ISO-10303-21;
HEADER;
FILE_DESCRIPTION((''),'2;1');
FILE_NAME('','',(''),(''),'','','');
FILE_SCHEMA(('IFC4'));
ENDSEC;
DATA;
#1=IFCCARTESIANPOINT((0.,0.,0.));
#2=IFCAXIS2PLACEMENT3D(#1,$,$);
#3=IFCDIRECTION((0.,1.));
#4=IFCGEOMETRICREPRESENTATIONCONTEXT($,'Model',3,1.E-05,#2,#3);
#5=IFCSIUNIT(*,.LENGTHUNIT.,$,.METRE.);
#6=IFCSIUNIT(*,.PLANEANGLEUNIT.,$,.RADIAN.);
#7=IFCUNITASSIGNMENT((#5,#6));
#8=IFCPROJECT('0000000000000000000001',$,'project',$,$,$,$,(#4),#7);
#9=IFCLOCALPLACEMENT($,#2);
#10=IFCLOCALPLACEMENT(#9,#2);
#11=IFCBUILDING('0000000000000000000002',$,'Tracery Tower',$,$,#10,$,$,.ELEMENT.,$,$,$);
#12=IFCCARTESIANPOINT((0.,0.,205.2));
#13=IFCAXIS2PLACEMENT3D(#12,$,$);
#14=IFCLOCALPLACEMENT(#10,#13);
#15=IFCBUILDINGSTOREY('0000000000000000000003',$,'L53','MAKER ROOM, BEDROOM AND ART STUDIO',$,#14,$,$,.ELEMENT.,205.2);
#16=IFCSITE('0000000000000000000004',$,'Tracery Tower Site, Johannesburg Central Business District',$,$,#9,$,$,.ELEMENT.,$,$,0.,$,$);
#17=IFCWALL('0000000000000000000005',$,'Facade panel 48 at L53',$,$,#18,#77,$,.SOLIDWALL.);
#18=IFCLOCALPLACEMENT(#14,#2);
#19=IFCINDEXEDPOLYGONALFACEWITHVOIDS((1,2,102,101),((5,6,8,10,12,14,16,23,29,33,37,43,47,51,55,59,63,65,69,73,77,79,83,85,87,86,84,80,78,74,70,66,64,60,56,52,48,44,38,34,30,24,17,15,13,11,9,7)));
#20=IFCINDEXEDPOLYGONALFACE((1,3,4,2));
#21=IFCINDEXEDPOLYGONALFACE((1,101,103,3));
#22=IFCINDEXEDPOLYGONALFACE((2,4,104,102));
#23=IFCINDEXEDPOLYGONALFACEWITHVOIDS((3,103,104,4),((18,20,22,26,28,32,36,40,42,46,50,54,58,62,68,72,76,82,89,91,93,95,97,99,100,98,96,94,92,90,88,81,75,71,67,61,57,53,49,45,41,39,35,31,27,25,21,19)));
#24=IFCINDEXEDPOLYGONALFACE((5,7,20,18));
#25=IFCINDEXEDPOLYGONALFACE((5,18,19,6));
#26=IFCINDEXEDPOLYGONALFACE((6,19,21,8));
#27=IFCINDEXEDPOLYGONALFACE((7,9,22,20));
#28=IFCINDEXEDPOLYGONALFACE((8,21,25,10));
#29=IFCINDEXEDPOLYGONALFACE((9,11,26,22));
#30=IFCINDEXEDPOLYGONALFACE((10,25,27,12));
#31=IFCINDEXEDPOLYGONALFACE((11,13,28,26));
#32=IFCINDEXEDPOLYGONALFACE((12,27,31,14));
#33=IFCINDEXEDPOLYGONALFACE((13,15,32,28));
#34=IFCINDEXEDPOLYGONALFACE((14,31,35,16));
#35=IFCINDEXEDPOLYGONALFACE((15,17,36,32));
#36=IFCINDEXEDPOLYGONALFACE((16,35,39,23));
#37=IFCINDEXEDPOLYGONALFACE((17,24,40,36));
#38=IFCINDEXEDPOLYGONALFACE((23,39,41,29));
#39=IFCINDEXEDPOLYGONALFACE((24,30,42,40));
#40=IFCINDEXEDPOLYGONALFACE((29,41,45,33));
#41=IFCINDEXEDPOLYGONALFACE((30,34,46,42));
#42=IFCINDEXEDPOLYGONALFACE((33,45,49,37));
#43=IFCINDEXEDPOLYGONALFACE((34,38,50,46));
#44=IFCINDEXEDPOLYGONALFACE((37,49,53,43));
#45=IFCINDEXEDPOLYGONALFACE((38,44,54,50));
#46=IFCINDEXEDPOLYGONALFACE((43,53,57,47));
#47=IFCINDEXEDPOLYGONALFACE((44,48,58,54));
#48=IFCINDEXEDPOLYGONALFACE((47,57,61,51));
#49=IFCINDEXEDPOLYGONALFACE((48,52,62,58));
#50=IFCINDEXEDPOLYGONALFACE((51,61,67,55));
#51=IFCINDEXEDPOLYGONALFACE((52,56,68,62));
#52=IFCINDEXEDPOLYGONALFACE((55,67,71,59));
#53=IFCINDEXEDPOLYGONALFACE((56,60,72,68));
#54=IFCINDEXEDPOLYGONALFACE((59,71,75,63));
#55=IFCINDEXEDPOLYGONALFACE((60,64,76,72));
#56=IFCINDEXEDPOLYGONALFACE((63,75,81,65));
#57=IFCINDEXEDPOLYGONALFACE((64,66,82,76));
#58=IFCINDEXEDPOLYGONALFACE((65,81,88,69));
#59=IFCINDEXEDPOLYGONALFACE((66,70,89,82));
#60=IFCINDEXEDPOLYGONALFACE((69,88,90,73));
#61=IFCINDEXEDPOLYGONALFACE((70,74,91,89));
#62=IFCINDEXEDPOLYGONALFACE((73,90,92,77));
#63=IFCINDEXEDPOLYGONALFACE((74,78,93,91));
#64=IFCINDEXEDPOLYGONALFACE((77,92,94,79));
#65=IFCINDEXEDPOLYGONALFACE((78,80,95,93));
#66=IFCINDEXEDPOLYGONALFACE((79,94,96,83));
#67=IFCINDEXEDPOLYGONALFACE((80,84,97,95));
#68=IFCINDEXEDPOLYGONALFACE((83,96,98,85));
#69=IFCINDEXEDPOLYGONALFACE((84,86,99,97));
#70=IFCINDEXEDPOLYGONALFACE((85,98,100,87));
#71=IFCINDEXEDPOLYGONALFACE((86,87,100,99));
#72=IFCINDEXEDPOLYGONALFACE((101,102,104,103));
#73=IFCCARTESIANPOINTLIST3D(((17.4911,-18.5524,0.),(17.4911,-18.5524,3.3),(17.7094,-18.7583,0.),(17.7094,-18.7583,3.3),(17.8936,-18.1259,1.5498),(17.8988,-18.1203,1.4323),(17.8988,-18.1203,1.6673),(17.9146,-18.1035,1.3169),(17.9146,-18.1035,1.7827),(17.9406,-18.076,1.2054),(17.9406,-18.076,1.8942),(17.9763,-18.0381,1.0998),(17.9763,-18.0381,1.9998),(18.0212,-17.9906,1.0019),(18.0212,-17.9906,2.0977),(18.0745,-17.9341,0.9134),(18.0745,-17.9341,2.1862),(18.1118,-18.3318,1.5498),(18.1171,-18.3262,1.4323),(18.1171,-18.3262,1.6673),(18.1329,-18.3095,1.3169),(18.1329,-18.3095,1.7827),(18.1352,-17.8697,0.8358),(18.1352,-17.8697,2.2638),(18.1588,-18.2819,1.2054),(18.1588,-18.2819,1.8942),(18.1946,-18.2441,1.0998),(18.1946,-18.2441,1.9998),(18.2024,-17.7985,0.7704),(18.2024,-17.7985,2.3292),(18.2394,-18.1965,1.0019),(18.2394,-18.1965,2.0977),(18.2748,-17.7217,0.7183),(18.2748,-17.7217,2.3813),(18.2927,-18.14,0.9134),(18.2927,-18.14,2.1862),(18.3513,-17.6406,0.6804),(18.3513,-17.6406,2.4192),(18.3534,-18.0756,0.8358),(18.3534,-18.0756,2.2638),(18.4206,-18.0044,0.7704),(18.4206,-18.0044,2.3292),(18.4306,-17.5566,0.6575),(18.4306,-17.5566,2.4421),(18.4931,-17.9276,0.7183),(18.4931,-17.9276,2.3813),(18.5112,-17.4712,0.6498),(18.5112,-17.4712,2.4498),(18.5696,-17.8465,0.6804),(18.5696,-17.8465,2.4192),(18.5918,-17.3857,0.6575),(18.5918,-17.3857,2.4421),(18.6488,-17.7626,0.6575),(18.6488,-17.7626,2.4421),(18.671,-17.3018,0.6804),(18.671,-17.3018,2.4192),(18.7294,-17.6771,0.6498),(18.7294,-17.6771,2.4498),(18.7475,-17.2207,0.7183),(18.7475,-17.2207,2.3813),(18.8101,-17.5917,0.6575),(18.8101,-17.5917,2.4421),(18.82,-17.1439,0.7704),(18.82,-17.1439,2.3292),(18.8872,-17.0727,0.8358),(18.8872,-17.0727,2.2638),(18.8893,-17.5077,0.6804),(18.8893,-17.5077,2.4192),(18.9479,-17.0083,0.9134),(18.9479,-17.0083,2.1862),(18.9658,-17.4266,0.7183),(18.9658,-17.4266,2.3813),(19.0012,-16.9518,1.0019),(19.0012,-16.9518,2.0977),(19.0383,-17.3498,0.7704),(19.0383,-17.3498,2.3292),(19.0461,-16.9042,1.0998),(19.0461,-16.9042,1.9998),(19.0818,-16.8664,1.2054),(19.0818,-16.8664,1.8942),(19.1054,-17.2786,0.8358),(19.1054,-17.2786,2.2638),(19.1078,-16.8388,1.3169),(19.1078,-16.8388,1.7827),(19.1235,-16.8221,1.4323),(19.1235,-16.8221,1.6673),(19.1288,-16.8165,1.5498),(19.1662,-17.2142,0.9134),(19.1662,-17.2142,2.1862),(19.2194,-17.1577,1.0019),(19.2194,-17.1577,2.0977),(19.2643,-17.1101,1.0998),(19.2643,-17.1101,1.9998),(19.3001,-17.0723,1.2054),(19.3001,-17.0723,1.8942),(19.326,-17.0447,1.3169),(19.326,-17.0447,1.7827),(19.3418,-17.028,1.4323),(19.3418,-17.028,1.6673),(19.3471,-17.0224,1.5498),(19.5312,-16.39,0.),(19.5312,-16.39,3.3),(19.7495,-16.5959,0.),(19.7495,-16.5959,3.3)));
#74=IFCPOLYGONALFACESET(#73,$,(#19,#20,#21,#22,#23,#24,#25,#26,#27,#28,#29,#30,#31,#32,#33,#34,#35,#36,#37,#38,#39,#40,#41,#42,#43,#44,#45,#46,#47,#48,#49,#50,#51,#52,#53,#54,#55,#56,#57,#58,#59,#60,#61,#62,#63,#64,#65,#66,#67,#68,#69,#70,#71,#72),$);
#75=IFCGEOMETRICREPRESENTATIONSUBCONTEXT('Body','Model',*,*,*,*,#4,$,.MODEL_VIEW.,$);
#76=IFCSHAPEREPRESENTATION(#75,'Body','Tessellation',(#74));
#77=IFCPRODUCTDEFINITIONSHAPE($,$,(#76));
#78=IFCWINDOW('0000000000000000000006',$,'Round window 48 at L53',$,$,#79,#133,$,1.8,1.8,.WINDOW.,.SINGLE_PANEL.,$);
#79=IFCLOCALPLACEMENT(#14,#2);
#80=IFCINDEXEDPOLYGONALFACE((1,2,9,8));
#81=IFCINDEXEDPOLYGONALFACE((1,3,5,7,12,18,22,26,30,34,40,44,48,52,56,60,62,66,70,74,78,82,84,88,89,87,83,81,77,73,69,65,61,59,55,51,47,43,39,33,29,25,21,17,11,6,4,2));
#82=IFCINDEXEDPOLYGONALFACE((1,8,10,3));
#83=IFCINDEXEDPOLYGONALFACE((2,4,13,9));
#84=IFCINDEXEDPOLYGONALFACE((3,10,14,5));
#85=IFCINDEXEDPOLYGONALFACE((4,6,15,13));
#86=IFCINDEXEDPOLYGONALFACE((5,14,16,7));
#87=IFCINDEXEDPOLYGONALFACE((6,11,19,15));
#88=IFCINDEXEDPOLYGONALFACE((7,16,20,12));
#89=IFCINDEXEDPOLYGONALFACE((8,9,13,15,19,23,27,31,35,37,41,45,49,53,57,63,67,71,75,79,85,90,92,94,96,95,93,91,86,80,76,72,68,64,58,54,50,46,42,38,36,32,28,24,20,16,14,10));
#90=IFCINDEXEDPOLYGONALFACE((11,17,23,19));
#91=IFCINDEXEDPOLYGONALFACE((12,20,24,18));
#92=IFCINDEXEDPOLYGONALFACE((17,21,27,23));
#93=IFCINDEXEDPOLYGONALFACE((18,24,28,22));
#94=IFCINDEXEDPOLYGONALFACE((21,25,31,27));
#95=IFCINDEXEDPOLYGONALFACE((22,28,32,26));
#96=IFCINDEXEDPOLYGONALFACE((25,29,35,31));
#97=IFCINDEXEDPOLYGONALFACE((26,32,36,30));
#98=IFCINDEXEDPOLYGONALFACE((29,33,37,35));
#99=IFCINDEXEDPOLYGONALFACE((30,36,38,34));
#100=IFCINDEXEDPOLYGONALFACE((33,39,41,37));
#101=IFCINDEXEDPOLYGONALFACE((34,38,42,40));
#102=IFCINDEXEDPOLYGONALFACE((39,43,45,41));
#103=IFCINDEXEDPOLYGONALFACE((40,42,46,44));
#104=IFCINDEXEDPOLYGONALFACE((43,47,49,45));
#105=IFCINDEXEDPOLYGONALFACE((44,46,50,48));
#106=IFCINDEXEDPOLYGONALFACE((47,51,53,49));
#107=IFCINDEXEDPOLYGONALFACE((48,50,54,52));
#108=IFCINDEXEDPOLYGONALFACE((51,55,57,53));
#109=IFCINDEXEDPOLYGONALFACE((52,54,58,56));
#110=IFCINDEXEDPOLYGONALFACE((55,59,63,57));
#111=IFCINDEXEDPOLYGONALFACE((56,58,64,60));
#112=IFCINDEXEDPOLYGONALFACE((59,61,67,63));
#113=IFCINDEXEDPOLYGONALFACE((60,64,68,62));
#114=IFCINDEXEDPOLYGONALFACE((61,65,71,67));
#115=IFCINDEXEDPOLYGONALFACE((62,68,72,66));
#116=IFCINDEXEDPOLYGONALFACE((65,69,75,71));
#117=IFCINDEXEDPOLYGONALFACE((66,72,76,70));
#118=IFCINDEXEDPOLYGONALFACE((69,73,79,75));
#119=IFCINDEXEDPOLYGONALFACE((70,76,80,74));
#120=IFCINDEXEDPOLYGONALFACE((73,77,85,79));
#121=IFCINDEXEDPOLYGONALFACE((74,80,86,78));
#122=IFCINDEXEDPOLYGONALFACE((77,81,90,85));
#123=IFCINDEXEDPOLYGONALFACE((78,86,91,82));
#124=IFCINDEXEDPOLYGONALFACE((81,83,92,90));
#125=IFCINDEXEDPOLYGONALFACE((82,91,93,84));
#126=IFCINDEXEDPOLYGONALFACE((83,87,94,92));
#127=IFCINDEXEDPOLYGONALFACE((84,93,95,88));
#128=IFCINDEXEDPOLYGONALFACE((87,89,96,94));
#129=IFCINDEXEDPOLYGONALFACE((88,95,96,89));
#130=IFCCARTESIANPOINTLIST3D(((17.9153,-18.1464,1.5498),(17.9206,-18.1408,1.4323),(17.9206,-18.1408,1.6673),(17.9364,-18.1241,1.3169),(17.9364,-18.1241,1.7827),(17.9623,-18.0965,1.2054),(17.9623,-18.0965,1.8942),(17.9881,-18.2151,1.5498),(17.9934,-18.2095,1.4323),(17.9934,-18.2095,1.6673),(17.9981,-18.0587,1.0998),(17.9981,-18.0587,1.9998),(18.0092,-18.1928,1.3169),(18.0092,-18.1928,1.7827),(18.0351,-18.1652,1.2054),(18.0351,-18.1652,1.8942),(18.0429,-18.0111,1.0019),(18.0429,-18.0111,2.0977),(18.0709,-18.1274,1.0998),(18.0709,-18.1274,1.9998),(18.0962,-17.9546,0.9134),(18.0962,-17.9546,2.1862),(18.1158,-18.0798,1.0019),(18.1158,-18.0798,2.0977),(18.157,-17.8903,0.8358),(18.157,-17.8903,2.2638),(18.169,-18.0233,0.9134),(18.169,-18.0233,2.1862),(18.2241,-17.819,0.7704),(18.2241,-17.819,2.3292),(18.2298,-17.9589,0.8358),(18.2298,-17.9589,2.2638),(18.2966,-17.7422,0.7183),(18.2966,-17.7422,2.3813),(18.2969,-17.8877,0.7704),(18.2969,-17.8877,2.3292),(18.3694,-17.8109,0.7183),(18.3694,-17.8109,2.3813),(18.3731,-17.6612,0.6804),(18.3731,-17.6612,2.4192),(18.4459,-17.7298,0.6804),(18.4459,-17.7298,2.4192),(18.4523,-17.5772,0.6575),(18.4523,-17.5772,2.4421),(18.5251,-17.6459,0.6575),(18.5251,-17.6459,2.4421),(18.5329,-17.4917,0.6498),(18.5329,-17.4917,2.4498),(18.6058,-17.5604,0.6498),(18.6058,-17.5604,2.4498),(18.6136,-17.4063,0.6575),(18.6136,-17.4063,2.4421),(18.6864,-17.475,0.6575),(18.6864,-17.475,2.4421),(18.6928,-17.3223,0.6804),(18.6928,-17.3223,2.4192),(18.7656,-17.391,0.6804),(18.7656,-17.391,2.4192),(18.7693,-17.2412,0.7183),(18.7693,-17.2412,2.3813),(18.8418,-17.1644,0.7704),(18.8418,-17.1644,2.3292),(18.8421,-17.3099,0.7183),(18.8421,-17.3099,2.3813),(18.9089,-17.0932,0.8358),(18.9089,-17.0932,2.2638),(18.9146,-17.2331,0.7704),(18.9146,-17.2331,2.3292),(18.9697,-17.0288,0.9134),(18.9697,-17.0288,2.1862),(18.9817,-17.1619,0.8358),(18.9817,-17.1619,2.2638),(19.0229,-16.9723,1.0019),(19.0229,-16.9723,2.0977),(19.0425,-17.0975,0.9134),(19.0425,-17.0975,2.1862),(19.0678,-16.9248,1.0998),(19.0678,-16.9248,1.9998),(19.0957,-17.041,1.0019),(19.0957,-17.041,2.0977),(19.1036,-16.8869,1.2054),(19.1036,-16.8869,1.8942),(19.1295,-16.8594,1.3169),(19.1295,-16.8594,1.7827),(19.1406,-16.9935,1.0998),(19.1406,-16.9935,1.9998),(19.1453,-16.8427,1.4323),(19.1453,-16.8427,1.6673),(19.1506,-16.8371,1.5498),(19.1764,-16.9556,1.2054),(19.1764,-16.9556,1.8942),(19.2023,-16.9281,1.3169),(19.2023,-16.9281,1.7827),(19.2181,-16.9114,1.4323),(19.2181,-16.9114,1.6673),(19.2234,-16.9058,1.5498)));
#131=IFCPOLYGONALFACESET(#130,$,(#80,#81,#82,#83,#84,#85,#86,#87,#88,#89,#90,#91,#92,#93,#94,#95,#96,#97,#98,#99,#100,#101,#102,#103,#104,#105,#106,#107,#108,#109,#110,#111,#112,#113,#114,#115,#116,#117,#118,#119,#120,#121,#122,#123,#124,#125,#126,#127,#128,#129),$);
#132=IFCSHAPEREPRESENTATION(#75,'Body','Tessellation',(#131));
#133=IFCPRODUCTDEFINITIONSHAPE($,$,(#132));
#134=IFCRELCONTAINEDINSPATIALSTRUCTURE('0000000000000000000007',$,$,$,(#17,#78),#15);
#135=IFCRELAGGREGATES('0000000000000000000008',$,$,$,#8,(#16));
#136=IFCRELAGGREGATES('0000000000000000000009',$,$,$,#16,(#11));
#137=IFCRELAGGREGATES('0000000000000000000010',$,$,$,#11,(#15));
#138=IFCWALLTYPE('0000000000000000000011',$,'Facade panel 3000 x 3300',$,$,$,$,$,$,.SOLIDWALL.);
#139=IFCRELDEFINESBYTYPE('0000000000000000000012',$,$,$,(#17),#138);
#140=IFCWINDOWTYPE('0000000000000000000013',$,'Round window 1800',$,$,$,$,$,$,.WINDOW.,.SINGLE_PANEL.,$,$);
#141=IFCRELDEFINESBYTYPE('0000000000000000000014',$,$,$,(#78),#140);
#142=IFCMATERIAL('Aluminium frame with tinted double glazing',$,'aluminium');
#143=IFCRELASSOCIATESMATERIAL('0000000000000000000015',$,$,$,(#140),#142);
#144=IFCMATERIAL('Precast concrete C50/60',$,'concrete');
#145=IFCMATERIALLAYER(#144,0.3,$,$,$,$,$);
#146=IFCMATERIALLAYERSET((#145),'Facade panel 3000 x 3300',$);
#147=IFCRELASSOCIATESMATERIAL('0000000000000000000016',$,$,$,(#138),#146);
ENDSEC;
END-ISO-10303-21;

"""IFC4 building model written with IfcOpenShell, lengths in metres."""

from ifc_helpers import new_model, si_unit, direction, frame, frame_2d, origin, origin_2d, place, context, subcontext, project, spatial, rectangle, circle, extrude, material, layer, layer_set, type_object, element, fill, save


model = new_model("IFC4")

# Units and contexts
model_context = context("Model", 3, precision=1e-05, world=origin(), true_north=direction((0.0, 1.0)))
body_context = subcontext(model_context, "Body", "Model", "MODEL_VIEW")
ifc_project = project(units=[si_unit("LENGTHUNIT", "METRE"), si_unit("PLANEANGLEUNIT", "RADIAN")], contexts=[model_context])

# Site, building, storey
site_placement = place(None, origin())
site = spatial("IfcSite", under=ifc_project, at=site_placement, Name="Tracery Tower Site, Johannesburg Central Business District", CompositionType="ELEMENT", RefElevation=0.0)
building_placement = place(site_placement, origin())
building = spatial("IfcBuilding", under=site, at=building_placement, Name="Tracery Tower", CompositionType="ELEMENT")
storey_placement = place(building_placement, frame((0.0, 0.0, 205.2)))
storey = spatial("IfcBuildingStorey", under=building, at=storey_placement, Name="L53", Description="MAKER ROOM, BEDROOM AND ART STUDIO", CompositionType="ELEMENT", Elevation=205.2)

# Wall, opening, window
ifc_material_1 = material(Name="Aluminium frame with tinted double glazing", Category="aluminium")
window_type = type_object("IfcWindowType", Name="Round window 1800", PartitioningType="SINGLE_PANEL", PredefinedType="WINDOW", material=ifc_material_1)
ifc_material_2 = material(Name="Precast concrete C50/60", Category="concrete")
ifc_layer_1 = layer(ifc_material_2, 0.3)
ifc_layer_set_1 = layer_set([ifc_layer_1], Name="Facade panel 3000 x 3300")
wall_type_1 = type_object("IfcWallType", Name="Facade panel 3000 x 3300", PredefinedType="SOLIDWALL", material=ifc_layer_set_1)
wall_1_placement = place(storey_placement, frame((17.6003, -18.6553, 0.0), z_axis=(0.0, 0.0, 1.0), x_axis=(0.686235, 0.72738, 0.0)))
wall_1 = element("IfcWall", 1, at=wall_1_placement, inside=storey, type_object=wall_type_1, Name="Facade panel 48 at L53", PredefinedType="SOLIDWALL", context=body_context, shape_type="SweptSolid", body=[
    extrude(rectangle(XDim=2.9729, YDim=0.3, at=frame_2d((1.4863, 0.0))), origin(), (0.0, 0.0, 1.0), 3.3),
])
opening_1_placement = place(wall_1_placement, frame((1.4863, 0.0, 1.5498)))
opening_1 = element("IfcOpeningElement", 2, at=opening_1_placement, cuts=wall_1, PredefinedType="OPENING", context=body_context, shape_type="SweptSolid", body=[
    extrude(circle(Radius=0.9, at=origin_2d()), frame((0.0, 0.1599, 0.0), z_axis=(0.0, -1.0, 0.0), x_axis=(1.0, 0.0, 0.0)), (0.0, 0.0, 1.0), 0.3201),
])
window_1_placement = place(opening_1_placement, origin())
window_1 = element("IfcWindow", 3, at=window_1_placement, inside=storey, type_object=window_type, Name="Round window 48 at L53", OverallHeight=1.8, OverallWidth=1.8, PartitioningType="SINGLE_PANEL", PredefinedType="WINDOW", context=body_context, shape_type="SweptSolid", body=[
    extrude(circle(Radius=0.9, at=origin_2d()), frame((0.0, 0.1201, 0.0), z_axis=(0.0, -1.0, 0.0), x_axis=(1.0, 0.0, 0.0)), (0.0, 0.0, 1.0), 0.1001),
])
fill(opening_1, window_1)

save(model, "model.ifc")
